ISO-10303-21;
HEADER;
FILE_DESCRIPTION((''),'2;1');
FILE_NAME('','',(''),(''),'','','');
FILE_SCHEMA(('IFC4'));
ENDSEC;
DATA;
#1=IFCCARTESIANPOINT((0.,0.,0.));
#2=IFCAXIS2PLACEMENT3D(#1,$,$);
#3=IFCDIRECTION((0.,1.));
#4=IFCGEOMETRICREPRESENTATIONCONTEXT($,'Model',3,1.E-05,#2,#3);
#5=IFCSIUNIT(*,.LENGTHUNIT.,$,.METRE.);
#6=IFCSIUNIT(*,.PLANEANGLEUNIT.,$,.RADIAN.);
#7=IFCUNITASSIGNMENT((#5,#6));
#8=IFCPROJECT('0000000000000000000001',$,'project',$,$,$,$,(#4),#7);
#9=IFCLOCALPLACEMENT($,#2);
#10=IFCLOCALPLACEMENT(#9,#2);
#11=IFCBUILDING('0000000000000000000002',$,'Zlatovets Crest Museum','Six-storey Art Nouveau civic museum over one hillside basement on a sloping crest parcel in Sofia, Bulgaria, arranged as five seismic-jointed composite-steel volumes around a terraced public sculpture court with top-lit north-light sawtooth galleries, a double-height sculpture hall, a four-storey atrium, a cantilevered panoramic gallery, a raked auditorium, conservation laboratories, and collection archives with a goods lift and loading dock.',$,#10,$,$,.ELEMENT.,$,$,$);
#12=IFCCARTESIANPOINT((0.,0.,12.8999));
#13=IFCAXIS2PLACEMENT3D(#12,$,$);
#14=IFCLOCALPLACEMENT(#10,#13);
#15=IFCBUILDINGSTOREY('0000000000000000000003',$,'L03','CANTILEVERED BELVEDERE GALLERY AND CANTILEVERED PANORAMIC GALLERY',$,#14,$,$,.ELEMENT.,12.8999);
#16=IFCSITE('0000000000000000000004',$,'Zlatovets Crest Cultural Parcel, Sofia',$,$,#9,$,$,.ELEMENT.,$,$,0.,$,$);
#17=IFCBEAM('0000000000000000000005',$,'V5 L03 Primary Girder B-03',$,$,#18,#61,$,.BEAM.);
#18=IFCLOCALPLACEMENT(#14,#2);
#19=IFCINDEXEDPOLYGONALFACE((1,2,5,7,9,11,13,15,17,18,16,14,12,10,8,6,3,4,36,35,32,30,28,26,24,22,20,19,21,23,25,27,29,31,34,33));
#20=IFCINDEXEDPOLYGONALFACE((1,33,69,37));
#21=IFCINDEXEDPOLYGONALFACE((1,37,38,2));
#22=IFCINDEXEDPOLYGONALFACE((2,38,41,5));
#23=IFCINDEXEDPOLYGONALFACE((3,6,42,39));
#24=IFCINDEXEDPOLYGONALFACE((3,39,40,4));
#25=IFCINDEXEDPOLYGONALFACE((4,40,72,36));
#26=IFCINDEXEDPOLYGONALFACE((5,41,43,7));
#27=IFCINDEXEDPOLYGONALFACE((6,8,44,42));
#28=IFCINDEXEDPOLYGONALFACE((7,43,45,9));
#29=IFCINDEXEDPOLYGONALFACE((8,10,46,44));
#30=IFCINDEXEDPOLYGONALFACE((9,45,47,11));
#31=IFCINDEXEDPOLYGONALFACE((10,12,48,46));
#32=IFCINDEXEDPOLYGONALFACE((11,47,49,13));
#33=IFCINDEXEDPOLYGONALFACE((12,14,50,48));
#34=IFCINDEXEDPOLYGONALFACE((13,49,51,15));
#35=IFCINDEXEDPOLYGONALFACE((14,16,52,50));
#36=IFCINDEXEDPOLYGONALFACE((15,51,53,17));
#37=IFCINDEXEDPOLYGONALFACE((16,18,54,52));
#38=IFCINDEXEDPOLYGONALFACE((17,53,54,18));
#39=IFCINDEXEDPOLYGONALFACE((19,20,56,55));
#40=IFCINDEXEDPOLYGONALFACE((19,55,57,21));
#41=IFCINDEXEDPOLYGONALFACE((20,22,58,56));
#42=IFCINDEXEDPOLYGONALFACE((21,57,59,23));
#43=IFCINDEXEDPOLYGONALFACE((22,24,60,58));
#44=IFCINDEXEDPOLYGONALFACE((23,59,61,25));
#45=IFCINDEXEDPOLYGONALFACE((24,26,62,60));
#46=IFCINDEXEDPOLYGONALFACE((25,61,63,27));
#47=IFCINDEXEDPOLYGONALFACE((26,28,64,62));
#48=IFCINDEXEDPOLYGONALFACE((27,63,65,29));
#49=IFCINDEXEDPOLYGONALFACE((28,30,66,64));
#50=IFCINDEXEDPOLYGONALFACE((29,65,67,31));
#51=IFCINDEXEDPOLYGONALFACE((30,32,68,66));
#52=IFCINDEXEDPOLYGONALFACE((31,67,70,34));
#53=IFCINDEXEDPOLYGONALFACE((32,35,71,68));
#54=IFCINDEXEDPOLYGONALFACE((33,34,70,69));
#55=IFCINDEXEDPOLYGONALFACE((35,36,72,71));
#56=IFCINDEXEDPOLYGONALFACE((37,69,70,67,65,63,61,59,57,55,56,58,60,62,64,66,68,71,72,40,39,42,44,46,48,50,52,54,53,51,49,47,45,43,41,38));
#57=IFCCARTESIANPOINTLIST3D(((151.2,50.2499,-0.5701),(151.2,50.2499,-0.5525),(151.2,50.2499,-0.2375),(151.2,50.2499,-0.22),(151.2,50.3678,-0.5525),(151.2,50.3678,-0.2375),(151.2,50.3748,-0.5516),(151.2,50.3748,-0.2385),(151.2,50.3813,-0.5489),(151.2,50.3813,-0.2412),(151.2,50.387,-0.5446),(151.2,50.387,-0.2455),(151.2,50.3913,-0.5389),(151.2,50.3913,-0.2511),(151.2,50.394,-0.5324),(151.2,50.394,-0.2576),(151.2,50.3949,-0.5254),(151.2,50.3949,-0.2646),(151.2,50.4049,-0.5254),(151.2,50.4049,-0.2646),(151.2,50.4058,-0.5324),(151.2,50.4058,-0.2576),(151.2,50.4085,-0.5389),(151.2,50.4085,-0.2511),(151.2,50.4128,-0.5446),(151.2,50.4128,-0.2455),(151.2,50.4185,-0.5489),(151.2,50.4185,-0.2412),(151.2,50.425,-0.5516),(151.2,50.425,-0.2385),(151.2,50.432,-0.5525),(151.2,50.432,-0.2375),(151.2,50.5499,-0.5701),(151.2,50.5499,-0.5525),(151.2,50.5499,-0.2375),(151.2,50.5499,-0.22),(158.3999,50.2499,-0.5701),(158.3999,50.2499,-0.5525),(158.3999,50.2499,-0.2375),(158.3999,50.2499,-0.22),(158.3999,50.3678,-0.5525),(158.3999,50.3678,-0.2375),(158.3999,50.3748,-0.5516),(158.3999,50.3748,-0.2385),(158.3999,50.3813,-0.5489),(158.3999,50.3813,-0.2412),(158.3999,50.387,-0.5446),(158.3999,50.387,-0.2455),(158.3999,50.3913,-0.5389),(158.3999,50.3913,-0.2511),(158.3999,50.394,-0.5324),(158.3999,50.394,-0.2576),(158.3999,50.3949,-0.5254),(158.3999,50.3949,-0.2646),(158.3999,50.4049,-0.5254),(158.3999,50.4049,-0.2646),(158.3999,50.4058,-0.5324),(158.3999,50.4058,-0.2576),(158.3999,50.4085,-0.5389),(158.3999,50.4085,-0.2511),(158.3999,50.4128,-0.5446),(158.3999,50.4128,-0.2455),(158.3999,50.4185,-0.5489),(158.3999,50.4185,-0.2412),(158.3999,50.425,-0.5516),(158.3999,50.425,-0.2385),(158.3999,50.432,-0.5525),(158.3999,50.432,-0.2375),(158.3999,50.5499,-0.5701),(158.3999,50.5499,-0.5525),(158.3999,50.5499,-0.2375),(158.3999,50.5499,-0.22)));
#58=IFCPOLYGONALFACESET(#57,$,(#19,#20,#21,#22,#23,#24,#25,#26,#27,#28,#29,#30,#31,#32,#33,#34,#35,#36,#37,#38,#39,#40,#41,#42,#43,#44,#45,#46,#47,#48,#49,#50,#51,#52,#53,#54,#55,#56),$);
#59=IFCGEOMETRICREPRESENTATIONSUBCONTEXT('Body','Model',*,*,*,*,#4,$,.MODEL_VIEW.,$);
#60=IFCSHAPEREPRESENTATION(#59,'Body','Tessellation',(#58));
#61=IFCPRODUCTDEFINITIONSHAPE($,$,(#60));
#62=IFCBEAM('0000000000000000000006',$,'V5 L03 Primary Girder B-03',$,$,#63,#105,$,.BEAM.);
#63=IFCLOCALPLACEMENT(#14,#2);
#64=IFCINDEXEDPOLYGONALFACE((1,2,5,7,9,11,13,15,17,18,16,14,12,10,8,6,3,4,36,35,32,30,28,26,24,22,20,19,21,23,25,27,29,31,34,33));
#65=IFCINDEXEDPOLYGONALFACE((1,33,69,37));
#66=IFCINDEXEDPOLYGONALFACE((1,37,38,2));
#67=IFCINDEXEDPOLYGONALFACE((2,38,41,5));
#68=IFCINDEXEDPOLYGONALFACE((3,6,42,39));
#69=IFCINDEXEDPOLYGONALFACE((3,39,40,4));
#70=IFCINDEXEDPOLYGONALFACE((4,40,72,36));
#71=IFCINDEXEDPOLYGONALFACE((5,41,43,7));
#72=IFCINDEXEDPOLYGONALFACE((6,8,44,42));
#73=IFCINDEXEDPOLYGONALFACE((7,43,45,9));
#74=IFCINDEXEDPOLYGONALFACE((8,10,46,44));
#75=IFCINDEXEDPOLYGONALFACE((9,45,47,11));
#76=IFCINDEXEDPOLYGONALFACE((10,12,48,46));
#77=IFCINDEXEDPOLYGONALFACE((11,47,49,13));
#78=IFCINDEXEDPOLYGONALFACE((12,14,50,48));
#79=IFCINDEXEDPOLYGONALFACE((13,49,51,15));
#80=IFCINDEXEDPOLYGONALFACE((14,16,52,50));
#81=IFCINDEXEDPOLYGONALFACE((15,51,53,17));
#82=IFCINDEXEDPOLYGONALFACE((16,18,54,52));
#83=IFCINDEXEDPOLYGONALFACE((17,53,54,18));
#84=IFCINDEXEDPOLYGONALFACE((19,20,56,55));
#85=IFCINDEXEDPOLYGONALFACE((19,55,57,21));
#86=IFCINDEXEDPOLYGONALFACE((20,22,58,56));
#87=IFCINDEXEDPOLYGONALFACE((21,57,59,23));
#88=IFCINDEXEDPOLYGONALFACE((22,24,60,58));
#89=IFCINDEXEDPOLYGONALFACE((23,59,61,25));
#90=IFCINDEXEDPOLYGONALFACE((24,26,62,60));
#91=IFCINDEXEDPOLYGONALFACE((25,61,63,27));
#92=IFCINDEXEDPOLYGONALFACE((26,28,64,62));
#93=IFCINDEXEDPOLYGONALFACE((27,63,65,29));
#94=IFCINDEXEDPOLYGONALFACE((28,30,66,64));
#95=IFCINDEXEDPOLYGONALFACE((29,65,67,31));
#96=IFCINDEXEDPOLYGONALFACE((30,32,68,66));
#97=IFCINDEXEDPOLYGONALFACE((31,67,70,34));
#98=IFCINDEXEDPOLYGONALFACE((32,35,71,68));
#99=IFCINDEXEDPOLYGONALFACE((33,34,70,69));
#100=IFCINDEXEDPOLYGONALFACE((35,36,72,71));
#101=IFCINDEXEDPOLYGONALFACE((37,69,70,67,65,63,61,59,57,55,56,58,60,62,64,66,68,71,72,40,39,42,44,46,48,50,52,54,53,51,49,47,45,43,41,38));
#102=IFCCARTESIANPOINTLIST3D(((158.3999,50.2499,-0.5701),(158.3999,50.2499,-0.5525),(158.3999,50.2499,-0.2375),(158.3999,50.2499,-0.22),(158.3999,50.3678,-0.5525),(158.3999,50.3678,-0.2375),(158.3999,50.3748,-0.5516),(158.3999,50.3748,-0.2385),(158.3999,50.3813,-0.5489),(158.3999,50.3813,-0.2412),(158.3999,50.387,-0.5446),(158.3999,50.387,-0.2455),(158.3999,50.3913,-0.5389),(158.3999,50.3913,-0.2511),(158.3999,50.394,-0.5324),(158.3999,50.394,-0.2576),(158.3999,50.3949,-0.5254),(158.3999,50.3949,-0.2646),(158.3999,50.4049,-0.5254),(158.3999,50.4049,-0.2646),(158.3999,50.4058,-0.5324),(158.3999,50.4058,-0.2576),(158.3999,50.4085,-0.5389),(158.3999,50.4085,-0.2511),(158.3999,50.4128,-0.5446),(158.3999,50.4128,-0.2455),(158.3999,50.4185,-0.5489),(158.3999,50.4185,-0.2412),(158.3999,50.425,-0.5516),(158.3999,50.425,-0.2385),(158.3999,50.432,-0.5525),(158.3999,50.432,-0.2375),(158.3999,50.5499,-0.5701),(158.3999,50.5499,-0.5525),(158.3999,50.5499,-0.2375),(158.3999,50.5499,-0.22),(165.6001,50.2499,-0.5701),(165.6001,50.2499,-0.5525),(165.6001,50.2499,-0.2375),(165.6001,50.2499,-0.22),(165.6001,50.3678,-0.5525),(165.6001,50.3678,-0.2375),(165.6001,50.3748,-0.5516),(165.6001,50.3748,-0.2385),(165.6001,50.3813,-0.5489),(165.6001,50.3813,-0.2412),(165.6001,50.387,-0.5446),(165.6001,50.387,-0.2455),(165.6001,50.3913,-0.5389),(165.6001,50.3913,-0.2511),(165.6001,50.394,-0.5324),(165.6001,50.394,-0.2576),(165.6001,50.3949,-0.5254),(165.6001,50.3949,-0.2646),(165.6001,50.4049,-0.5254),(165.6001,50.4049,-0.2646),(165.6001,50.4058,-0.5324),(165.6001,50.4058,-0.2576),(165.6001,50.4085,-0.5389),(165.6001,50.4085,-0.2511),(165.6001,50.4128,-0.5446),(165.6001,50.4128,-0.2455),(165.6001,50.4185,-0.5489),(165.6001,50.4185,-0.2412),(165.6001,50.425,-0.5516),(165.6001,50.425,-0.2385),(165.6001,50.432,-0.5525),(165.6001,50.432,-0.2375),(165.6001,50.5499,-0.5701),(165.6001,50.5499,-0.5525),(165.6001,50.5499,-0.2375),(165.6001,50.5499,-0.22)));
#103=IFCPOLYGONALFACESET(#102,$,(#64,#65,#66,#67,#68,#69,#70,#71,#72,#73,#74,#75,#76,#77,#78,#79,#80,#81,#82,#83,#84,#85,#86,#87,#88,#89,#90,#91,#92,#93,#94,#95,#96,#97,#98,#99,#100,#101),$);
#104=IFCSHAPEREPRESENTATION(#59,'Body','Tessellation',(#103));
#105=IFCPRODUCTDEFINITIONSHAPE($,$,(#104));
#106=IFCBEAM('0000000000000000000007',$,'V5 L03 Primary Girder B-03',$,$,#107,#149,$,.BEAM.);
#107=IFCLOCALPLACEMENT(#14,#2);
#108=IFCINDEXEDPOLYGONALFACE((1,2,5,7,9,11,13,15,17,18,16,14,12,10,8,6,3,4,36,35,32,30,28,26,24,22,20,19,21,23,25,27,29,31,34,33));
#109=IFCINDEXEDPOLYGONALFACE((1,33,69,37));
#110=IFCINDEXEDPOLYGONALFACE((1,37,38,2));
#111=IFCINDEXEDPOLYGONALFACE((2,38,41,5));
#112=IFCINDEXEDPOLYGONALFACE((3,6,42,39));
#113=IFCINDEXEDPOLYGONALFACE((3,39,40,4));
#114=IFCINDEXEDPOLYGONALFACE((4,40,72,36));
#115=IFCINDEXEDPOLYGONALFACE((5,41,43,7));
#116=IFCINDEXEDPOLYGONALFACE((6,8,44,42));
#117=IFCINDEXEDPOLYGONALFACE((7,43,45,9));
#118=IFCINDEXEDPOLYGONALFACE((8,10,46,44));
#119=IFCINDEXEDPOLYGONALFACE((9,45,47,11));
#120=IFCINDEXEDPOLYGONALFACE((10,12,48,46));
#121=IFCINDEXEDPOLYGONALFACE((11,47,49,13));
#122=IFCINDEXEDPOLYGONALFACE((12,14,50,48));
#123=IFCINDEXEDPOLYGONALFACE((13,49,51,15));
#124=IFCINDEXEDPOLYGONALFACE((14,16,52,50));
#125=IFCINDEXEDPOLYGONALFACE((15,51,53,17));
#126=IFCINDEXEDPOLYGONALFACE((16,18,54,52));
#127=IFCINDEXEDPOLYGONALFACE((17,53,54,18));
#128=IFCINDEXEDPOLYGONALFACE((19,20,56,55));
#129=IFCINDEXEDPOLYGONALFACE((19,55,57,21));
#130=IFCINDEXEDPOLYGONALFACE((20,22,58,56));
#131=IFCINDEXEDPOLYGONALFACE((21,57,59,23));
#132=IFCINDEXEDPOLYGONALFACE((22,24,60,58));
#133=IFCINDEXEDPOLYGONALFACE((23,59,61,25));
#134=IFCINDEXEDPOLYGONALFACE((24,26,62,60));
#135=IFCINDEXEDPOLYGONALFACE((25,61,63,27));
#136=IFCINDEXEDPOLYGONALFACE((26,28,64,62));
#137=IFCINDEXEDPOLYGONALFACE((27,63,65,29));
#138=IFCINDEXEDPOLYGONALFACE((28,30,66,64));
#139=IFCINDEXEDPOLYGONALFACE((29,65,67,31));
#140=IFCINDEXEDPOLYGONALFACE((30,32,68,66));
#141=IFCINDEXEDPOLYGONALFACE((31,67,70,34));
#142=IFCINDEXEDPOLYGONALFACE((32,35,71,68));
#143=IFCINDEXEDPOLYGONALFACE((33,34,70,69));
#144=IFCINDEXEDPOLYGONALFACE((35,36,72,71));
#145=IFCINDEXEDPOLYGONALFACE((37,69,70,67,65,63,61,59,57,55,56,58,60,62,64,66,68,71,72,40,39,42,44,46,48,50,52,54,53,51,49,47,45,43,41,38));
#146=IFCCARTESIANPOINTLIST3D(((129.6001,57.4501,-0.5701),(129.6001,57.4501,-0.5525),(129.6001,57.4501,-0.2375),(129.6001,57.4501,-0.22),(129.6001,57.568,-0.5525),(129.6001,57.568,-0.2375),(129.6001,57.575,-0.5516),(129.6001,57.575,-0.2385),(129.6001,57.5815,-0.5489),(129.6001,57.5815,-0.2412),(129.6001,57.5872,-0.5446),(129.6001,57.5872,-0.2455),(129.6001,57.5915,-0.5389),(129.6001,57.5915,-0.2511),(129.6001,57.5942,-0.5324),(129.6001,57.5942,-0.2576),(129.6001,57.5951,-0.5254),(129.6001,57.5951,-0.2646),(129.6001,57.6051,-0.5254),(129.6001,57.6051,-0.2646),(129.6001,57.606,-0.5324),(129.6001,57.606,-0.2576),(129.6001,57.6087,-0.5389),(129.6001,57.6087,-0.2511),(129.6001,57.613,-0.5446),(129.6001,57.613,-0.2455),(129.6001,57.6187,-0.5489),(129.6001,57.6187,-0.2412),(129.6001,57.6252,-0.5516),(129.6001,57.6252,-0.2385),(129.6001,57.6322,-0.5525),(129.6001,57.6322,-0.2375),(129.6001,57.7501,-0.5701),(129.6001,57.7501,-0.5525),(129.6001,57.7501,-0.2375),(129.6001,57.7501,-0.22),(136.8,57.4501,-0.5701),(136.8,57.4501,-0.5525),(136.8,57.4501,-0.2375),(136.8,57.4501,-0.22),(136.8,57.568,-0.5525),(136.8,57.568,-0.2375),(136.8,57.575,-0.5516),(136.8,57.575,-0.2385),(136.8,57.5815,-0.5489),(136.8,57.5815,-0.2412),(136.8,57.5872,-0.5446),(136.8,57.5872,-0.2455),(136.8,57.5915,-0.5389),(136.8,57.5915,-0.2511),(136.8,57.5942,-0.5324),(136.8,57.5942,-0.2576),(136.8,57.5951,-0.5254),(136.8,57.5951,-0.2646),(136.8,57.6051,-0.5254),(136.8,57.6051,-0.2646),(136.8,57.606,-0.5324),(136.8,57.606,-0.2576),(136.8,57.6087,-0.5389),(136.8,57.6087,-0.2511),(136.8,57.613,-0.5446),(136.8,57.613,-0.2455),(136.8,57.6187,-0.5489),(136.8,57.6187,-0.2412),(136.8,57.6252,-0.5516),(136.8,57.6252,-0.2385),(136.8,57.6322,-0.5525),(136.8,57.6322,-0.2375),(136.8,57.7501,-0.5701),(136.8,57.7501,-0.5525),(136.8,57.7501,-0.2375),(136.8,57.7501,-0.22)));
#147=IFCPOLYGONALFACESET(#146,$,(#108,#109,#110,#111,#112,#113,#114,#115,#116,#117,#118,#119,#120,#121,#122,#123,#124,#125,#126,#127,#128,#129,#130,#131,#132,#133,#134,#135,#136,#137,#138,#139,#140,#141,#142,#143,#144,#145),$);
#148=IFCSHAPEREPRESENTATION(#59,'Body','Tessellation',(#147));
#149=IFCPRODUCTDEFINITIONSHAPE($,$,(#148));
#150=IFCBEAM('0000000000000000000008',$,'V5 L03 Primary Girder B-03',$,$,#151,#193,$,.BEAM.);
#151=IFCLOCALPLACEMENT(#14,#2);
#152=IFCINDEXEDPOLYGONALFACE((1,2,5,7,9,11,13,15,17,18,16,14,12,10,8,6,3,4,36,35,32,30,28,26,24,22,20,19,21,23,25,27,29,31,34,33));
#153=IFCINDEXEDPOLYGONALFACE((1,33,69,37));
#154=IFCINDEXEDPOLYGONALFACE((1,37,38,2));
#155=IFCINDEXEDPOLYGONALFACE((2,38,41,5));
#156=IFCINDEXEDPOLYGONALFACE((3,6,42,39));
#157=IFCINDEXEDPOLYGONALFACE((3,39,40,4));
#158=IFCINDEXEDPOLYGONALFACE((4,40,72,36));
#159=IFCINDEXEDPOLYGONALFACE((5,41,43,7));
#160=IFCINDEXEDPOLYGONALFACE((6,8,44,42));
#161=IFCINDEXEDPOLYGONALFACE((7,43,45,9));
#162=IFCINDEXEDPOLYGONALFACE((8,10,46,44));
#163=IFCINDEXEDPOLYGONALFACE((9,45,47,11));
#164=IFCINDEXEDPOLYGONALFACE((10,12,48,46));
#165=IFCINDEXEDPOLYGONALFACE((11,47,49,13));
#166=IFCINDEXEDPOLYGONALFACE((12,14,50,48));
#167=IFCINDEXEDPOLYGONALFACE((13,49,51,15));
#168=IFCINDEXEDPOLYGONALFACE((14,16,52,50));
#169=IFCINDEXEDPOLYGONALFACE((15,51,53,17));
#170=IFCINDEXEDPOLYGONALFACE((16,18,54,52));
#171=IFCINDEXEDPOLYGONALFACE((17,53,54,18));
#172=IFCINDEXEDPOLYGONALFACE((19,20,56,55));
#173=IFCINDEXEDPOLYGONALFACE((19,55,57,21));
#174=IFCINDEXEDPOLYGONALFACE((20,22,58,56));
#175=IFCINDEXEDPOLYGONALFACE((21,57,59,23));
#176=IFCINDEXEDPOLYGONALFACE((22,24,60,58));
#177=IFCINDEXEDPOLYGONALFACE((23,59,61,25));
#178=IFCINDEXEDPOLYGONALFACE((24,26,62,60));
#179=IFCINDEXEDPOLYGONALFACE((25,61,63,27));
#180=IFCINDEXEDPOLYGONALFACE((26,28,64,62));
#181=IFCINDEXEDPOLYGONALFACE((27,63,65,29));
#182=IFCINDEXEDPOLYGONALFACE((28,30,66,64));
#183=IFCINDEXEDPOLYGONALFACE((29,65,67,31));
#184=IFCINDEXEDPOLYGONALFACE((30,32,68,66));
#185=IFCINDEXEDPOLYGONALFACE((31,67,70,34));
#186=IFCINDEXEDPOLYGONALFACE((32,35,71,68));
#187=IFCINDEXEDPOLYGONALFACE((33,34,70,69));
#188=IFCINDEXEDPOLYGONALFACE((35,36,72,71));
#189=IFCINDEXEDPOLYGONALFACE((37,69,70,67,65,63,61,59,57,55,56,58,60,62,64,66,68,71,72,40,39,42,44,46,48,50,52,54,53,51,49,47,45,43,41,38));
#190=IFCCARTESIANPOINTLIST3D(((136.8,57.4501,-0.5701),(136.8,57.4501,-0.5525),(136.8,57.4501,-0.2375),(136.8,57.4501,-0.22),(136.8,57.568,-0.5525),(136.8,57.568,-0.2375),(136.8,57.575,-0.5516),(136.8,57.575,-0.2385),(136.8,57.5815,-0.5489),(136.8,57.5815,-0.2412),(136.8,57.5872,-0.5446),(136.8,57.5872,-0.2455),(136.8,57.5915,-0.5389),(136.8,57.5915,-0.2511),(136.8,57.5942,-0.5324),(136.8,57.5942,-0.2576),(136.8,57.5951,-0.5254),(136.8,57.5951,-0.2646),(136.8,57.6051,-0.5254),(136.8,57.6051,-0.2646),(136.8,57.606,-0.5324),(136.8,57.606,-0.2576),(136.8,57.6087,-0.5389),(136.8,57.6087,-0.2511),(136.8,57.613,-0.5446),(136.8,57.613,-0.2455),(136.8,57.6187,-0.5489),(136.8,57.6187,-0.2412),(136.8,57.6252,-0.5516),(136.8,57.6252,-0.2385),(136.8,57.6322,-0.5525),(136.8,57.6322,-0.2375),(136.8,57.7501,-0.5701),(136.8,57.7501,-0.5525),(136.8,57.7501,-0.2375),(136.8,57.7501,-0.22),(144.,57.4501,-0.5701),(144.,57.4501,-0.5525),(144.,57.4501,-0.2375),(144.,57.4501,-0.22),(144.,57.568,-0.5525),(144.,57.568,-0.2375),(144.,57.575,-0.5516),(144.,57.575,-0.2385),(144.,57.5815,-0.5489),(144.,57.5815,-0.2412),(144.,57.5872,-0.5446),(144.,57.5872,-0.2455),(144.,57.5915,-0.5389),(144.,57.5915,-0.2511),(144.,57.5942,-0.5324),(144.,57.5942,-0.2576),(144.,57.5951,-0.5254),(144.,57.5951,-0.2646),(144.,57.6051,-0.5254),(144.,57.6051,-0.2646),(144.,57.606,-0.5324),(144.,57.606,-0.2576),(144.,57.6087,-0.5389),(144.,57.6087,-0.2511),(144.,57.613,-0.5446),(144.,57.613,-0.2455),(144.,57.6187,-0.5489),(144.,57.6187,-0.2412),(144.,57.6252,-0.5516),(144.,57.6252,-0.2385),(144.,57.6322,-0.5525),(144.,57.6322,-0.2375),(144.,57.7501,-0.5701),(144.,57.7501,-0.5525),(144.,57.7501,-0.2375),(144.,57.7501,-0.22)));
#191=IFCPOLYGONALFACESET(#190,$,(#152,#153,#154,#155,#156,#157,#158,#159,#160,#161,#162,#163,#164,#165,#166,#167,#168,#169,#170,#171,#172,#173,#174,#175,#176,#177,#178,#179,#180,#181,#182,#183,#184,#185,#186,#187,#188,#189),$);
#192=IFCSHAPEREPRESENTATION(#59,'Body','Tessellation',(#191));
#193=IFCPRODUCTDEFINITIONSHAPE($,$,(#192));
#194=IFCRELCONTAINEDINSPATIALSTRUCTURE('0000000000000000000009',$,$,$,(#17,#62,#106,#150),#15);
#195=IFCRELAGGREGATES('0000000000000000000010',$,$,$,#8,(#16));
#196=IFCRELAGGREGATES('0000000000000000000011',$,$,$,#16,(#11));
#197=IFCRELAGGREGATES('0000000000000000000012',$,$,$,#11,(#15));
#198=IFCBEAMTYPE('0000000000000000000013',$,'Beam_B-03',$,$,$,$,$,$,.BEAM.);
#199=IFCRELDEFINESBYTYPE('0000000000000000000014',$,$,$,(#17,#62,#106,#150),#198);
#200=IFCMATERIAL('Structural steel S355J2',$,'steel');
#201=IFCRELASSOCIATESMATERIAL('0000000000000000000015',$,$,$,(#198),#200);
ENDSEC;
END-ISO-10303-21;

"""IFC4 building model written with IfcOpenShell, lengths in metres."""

from ifc_helpers import new_model, si_unit, direction, frame, origin, origin_2d, place, context, subcontext, project, spatial, i_section, extrude, material, material_profile, profile_set, type_object, element, save


model = new_model("IFC4")

# Units and contexts
model_context = context("Model", 3, precision=1e-05, world=origin(), true_north=direction((0.0, 1.0)))
body_context = subcontext(model_context, "Body", "Model", "MODEL_VIEW")
ifc_project = project(units=[si_unit("LENGTHUNIT", "METRE"), si_unit("PLANEANGLEUNIT", "RADIAN")], contexts=[model_context])

# Site, building, storey
site_placement = place(None, origin())
site = spatial("IfcSite", under=ifc_project, at=site_placement, Name="Zlatovets Crest Cultural Parcel, Sofia", CompositionType="ELEMENT", RefElevation=0.0)
building_placement = place(site_placement, origin())
building = spatial("IfcBuilding", under=site, at=building_placement, Name="Zlatovets Crest Museum", Description="Six-storey Art Nouveau civic museum over one hillside basement on a sloping crest parcel in Sofia, Bulgaria, arranged as five seismic-jointed composite-steel volumes around a terraced public sculpture court with top-lit north-light sawtooth galleries, a double-height sculpture hall, a four-storey atrium, a cantilevered panoramic gallery, a raked auditorium, conservation laboratories, and collection archives with a goods lift and loading dock.", CompositionType="ELEMENT")
storey_placement = place(building_placement, frame((0.0, 0.0, 12.8999)))
storey = spatial("IfcBuildingStorey", under=building, at=storey_placement, Name="L03", Description="CANTILEVERED BELVEDERE GALLERY AND CANTILEVERED PANORAMIC GALLERY", CompositionType="ELEMENT", Elevation=12.8999)

# Beams
ifc_material_1 = material(Name="Structural steel S355J2", Category="steel")
ifc_material_profile_1 = material_profile(ifc_material_1, i_section(OverallWidth=0.3, OverallDepth=0.3501, WebThickness=0.01, FlangeThickness=0.0176, FilletRadius=0.0271, at=origin_2d()), Name="HEA 360")
ifc_profile_set_1 = profile_set([ifc_material_profile_1], Name="Structural steel S355J2")
beam_type_1 = type_object("IfcBeamType", Name="Beam_B-03", PredefinedType="BEAM", material=ifc_profile_set_1)
beam_1_placement = place(storey_placement, frame((151.2, 50.3999, -0.395), z_axis=(1.0, 0.0, 0.0), x_axis=(0.0, 1.0, 0.0)))
element("IfcBeam", 1, at=beam_1_placement, inside=storey, type_object=beam_type_1, Name="V5 L03 Primary Girder B-03", PredefinedType="BEAM", context=body_context, shape_type="SweptSolid", body=[
    extrude(i_section(OverallWidth=0.3, OverallDepth=0.3501, WebThickness=0.01, FlangeThickness=0.0176, FilletRadius=0.0271, at=origin_2d()), origin(), (0.0, 0.0, 1.0), 7.2),
])
beam_2_placement = place(storey_placement, frame((158.3999, 50.3999, -0.395), z_axis=(1.0, 0.0, 0.0), x_axis=(0.0, 1.0, 0.0)))
element("IfcBeam", 2, at=beam_2_placement, inside=storey, type_object=beam_type_1, Name="V5 L03 Primary Girder B-03", PredefinedType="BEAM", context=body_context, shape_type="SweptSolid", body=[
    extrude(i_section(OverallWidth=0.3, OverallDepth=0.3501, WebThickness=0.01, FlangeThickness=0.0176, FilletRadius=0.0271, at=origin_2d()), origin(), (0.0, 0.0, 1.0), 7.2002),
])
for number, where, z_axis, x_axis, name in (
    (3, (129.6001, 57.6001, -0.395), (1.0, 0.0, 0.0), (0.0, 1.0, 0.0), "V5 L03 Primary Girder B-03"),
    (4, (136.8, 57.6001, -0.395), (1.0, 0.0, 0.0), (0.0, 1.0, 0.0), "V5 L03 Primary Girder B-03"),
):
    element("IfcBeam", number, at=place(storey_placement, frame(where, z_axis=z_axis, x_axis=x_axis)), inside=storey, type_object=beam_type_1, Name=name, PredefinedType="BEAM", context=body_context, shape_type="SweptSolid", body=[
        extrude(i_section(OverallWidth=0.3, OverallDepth=0.3501, WebThickness=0.01, FlangeThickness=0.0176, FilletRadius=0.0271, at=origin_2d()), origin(), (0.0, 0.0, 1.0), 7.2),
    ])

save(model, "model.ifc")
